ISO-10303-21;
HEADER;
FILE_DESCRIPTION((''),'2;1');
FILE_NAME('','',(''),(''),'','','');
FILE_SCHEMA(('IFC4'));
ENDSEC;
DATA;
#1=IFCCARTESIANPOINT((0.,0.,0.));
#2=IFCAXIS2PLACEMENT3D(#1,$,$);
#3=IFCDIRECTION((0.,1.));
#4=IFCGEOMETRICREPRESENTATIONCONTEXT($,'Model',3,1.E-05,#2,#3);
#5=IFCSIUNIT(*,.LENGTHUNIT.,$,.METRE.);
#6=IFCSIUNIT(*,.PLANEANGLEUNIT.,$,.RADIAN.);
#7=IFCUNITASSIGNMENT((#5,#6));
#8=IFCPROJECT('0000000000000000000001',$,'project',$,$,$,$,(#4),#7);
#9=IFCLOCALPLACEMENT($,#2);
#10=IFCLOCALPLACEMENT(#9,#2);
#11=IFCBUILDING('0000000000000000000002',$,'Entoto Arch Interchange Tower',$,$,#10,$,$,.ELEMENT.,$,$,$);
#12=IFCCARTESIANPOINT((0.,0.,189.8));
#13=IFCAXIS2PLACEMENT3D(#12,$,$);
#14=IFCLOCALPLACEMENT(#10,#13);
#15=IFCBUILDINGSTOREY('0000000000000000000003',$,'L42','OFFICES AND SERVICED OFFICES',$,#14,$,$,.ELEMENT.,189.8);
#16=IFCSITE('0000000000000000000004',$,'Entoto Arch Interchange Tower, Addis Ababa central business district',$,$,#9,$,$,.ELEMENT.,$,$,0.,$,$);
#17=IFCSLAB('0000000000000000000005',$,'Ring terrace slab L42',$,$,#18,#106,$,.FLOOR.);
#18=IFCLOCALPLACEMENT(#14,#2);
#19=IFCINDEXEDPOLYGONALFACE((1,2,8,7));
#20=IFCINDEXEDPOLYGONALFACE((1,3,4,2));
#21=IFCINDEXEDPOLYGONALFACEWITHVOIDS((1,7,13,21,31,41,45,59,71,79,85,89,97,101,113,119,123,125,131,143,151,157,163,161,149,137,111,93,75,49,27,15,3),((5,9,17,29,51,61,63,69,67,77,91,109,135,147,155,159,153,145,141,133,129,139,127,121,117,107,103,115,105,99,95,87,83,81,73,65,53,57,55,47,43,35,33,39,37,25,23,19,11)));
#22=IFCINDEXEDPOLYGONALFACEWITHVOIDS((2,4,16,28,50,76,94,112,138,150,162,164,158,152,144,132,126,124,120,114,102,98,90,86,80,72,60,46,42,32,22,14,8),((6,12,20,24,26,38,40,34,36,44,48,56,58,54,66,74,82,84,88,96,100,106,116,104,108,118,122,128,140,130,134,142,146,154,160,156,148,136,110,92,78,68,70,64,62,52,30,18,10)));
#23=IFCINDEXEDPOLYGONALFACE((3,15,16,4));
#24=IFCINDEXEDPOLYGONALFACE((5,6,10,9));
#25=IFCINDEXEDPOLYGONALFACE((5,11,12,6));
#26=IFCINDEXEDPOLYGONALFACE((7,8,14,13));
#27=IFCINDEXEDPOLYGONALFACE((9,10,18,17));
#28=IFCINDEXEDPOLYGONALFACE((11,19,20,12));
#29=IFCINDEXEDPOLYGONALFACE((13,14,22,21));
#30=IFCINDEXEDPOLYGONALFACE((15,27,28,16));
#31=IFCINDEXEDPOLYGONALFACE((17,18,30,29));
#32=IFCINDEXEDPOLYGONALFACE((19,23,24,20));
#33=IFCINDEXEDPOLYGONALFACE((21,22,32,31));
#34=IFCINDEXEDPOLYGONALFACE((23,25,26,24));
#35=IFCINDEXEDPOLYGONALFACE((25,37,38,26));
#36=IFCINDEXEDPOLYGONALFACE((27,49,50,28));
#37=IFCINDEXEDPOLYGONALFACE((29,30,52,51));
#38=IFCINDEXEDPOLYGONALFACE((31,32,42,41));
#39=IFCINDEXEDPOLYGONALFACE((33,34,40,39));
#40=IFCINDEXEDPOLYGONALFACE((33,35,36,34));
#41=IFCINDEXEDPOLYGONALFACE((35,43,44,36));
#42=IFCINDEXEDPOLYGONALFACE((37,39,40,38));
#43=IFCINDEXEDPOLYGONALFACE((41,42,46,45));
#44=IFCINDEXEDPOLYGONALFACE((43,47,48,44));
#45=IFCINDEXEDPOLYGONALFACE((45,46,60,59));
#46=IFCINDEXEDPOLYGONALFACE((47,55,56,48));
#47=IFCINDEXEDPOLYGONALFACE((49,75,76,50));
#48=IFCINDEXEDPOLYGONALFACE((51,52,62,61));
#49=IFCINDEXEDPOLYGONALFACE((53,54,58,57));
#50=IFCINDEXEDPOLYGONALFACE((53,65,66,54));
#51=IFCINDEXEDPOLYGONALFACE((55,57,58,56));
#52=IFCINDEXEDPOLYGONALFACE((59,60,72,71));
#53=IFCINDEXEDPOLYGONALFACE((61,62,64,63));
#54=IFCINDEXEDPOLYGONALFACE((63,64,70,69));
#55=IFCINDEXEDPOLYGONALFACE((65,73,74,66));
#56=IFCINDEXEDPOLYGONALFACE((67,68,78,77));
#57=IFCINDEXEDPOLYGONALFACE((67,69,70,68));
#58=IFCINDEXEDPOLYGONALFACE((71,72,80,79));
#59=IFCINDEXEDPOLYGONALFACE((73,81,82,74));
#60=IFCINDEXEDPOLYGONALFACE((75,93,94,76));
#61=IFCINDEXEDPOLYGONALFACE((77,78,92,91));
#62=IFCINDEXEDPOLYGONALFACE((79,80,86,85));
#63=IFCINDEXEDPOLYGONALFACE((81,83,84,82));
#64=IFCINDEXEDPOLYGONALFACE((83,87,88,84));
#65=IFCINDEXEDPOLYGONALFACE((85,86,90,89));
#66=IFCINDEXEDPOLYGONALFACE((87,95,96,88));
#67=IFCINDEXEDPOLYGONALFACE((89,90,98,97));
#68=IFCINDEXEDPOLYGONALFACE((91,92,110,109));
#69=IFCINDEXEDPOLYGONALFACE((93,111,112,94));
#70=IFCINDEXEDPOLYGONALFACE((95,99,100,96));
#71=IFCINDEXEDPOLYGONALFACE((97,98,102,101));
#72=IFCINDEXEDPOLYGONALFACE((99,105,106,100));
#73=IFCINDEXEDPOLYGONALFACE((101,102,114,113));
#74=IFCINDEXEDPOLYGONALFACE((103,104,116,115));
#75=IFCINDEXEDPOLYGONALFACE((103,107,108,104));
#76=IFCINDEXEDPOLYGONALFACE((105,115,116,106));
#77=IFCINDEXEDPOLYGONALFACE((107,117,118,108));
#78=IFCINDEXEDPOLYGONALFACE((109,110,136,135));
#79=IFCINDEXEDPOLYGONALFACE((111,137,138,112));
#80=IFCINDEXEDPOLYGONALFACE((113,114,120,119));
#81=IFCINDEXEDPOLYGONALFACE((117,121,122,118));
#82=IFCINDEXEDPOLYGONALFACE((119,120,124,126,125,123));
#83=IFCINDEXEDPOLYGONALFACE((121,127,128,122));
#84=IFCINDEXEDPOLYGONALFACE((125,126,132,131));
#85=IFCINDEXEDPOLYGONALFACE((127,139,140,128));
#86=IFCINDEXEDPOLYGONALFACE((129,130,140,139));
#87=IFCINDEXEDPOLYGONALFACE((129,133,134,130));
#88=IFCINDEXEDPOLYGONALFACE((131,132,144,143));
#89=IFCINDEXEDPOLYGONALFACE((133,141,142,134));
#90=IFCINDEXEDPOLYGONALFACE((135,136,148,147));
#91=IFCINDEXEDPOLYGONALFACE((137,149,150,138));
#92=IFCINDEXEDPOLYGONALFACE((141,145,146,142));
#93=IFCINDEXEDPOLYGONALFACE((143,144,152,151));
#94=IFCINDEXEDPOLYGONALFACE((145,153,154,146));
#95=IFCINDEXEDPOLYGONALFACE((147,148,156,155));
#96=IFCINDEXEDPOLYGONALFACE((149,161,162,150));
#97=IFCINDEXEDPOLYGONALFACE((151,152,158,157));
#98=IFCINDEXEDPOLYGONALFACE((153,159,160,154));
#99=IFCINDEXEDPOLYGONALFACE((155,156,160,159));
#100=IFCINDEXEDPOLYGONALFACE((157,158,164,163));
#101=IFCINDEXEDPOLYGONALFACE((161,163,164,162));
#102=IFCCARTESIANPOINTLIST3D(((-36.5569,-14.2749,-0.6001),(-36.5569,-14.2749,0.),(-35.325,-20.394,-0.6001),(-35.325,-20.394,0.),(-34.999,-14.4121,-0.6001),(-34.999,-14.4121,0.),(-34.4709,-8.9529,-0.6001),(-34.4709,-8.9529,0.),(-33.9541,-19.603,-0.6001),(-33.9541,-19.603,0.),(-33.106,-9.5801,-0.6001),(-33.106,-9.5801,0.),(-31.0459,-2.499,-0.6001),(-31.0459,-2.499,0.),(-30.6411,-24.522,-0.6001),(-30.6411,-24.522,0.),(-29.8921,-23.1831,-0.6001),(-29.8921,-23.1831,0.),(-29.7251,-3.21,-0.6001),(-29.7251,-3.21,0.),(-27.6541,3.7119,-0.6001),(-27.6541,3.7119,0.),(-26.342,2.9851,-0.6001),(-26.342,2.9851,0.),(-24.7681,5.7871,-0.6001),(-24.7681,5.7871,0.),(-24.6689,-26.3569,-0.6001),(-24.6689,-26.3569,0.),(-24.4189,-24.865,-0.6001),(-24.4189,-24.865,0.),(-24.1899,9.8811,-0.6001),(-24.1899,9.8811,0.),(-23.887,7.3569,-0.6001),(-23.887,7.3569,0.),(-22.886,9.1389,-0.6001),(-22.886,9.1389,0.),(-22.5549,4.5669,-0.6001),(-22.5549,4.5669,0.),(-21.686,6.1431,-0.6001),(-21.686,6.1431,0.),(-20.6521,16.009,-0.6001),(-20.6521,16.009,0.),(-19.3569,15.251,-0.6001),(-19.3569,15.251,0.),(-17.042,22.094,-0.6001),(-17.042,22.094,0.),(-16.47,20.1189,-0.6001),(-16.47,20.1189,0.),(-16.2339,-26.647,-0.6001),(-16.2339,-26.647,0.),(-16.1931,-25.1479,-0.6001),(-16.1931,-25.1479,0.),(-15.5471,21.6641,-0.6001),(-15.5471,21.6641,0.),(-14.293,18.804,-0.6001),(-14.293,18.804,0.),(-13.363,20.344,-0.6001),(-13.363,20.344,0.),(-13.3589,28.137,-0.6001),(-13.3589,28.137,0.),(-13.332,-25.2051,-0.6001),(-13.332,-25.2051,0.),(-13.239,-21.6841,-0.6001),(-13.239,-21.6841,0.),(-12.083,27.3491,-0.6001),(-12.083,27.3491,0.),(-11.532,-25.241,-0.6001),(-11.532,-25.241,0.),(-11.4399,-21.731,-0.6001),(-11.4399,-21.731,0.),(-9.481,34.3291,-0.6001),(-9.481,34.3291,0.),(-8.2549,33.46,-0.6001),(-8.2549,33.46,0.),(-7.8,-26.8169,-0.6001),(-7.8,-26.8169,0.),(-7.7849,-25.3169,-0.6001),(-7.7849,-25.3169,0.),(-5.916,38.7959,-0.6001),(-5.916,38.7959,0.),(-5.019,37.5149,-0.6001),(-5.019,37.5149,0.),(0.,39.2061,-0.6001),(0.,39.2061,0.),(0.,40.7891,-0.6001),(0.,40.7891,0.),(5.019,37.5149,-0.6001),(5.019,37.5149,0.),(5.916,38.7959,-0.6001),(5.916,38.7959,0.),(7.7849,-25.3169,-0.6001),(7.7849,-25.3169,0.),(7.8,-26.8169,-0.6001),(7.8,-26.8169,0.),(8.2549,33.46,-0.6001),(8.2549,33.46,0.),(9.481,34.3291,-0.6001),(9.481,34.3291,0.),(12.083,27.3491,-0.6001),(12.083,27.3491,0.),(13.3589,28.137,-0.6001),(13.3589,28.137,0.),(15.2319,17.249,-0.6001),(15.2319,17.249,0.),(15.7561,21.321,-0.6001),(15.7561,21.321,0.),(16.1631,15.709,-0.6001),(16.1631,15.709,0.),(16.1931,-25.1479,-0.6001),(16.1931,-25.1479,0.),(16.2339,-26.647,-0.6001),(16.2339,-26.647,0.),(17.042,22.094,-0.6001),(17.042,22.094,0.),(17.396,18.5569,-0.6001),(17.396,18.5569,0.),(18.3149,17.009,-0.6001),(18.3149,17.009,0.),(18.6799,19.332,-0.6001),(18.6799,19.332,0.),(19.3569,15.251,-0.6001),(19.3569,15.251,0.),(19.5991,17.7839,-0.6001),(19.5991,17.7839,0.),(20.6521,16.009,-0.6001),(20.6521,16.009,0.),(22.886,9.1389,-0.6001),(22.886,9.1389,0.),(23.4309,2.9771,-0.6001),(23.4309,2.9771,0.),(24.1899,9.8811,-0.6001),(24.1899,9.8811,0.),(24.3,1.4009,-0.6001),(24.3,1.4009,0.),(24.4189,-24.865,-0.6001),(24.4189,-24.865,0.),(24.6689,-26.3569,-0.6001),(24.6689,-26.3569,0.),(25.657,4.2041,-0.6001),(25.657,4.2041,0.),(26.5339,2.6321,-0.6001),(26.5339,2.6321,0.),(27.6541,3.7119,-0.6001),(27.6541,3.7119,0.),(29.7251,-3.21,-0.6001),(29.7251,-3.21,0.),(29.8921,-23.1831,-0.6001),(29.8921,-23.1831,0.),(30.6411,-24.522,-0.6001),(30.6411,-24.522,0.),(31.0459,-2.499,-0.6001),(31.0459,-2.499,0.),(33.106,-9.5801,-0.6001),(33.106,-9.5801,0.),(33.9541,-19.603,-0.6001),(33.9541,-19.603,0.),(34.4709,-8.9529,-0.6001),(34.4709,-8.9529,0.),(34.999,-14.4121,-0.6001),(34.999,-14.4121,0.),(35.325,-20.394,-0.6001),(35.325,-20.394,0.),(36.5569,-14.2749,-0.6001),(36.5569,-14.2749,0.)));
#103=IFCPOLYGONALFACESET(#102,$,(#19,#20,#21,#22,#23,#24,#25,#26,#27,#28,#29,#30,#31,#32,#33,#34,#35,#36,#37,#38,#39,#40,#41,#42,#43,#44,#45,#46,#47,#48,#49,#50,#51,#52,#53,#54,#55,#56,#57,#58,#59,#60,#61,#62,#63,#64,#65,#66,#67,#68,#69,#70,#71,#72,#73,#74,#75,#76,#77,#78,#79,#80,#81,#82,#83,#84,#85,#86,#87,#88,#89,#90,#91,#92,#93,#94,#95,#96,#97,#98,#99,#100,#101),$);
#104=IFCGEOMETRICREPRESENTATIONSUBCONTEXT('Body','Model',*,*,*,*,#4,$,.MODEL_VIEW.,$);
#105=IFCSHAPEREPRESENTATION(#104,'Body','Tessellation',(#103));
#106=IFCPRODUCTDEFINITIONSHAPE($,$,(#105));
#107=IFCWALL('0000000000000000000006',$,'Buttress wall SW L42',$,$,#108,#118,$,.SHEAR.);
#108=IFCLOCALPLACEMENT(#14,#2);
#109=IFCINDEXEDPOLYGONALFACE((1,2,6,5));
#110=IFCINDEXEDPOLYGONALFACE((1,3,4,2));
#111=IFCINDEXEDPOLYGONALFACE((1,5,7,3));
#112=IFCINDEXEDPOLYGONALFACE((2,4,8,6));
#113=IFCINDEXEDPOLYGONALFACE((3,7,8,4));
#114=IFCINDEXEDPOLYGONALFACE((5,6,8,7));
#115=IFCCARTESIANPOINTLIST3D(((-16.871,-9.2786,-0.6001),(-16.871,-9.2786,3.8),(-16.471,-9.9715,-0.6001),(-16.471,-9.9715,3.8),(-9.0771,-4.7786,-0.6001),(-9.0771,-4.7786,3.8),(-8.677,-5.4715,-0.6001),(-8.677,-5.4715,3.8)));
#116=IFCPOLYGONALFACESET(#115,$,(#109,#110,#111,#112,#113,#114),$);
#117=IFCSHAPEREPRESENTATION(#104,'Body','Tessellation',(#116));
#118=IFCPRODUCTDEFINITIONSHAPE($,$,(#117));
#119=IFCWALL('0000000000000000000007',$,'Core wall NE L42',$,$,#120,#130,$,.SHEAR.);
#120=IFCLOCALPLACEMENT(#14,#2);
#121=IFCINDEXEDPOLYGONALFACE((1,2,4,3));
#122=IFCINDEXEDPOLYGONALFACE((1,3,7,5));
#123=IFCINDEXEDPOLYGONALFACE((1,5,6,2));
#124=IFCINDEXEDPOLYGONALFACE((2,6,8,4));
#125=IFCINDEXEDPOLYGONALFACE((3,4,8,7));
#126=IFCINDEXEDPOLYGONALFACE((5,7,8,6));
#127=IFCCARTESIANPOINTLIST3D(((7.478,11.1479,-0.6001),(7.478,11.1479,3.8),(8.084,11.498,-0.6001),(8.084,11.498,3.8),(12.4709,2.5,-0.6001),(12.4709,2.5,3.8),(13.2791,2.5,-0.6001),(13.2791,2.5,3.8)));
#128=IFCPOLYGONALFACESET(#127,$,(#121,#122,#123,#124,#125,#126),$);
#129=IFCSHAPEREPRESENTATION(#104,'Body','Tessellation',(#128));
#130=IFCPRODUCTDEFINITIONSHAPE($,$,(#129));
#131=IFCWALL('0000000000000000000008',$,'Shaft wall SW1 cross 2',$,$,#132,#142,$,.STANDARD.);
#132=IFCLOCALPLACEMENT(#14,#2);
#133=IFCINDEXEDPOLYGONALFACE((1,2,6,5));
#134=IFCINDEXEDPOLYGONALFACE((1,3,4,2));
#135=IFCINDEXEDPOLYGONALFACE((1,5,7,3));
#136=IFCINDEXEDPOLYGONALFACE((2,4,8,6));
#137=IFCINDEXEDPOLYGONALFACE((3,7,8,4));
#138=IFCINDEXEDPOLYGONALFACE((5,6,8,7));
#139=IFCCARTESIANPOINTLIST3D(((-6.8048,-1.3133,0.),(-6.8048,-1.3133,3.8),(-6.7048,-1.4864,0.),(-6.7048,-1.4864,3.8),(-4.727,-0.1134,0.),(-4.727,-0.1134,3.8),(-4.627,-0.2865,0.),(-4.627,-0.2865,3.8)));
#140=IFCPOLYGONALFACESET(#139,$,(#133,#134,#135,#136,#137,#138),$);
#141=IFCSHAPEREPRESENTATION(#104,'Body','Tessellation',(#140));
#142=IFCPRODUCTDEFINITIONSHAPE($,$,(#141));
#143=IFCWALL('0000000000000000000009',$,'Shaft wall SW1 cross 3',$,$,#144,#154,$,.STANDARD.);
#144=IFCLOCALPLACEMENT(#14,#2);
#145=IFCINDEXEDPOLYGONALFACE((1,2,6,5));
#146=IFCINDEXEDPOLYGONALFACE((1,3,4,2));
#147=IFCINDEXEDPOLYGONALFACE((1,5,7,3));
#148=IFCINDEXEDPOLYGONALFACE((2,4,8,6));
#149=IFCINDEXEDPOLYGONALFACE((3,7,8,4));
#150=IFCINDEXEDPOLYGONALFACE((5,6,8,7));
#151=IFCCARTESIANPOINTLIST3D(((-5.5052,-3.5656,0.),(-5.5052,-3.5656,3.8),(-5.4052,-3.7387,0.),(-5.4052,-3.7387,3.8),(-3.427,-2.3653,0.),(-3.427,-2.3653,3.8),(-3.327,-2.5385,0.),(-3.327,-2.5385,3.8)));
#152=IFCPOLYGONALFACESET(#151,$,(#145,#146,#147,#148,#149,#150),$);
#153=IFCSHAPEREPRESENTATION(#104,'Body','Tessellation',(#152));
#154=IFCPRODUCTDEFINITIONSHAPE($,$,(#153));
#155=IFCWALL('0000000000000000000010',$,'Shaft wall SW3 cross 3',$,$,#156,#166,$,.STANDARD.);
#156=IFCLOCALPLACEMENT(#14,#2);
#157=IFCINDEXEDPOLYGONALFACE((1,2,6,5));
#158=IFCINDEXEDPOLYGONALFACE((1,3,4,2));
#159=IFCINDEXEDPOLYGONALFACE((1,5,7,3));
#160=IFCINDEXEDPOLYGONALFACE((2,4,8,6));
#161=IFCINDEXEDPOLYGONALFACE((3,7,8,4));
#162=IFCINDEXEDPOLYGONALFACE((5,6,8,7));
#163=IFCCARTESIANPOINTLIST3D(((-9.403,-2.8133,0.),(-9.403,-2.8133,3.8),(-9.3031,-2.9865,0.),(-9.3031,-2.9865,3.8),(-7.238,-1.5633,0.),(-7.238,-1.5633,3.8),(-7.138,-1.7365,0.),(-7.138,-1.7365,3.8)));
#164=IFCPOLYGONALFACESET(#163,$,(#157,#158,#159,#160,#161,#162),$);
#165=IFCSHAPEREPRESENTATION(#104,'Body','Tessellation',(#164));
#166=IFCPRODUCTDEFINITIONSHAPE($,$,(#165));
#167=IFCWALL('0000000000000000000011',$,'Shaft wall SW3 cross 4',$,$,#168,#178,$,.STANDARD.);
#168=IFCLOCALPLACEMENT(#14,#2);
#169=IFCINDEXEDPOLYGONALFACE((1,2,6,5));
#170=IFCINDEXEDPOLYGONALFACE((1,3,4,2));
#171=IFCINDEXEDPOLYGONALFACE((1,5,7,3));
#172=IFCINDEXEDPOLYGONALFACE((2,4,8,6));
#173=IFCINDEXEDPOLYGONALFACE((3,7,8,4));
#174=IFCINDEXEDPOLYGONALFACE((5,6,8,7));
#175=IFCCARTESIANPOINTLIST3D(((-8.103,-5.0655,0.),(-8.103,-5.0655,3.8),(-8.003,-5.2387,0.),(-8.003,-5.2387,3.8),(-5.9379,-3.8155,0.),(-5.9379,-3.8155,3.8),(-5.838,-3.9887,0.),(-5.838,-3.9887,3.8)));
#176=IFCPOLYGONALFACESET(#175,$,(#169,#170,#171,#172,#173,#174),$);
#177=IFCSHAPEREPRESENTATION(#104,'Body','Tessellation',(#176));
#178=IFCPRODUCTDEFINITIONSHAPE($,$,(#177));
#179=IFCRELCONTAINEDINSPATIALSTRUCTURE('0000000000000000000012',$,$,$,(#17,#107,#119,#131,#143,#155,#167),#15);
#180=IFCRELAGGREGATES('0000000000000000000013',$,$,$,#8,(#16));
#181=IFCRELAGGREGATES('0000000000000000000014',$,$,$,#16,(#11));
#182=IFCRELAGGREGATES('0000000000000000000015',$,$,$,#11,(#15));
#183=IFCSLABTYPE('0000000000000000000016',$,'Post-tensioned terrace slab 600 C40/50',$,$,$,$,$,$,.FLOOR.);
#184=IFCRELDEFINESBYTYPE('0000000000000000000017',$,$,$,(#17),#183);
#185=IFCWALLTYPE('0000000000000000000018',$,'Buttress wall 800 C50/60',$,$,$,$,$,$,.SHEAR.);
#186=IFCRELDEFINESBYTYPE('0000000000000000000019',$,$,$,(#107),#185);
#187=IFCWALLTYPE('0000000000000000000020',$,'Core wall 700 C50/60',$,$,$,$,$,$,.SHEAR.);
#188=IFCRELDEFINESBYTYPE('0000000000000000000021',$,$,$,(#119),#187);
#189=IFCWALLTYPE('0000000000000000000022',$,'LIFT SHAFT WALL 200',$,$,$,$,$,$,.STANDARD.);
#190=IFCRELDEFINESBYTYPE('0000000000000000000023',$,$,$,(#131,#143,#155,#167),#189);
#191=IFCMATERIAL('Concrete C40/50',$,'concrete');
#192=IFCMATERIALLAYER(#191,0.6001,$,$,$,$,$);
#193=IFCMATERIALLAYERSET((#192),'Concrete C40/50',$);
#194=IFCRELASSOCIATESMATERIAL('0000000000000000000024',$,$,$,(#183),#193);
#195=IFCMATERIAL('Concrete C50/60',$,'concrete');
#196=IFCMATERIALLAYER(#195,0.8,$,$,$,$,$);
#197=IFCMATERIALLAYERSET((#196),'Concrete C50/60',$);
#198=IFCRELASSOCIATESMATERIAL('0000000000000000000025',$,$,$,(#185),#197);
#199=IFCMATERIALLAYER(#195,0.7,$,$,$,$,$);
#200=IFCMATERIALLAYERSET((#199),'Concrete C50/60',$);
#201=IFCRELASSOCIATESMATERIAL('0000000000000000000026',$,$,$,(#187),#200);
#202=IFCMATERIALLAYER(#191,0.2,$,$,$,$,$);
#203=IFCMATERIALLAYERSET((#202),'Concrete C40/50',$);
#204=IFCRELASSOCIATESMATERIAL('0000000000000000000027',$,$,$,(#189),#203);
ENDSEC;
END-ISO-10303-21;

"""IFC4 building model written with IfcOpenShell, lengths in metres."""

from ifc_helpers import new_model, si_unit, direction, frame, frame_2d, origin, place, context, subcontext, project, spatial, polyline, rectangle, outline, extrude, material, layer, layer_set, type_object, element, save


model = new_model("IFC4")

# Units and contexts
model_context = context("Model", 3, precision=1e-05, world=origin(), true_north=direction((0.0, 1.0)))
body_context = subcontext(model_context, "Body", "Model", "MODEL_VIEW")
ifc_project = project(units=[si_unit("LENGTHUNIT", "METRE"), si_unit("PLANEANGLEUNIT", "RADIAN")], contexts=[model_context])

# Site, building, storey
site_placement = place(None, origin())
site = spatial("IfcSite", under=ifc_project, at=site_placement, Name="Entoto Arch Interchange Tower, Addis Ababa central business district", CompositionType="ELEMENT", RefElevation=0.0)
building_placement = place(site_placement, origin())
building = spatial("IfcBuilding", under=site, at=building_placement, Name="Entoto Arch Interchange Tower", CompositionType="ELEMENT")
storey_placement = place(building_placement, frame((0.0, 0.0, 189.8)))
storey = spatial("IfcBuildingStorey", under=building, at=storey_placement, Name="L42", Description="OFFICES AND SERVICED OFFICES", CompositionType="ELEMENT", Elevation=189.8)

# Slab
ifc_material_1 = material(Name="Concrete C40/50", Category="concrete")
ifc_layer_1 = layer(ifc_material_1, 0.6001)
ifc_layer_set_1 = layer_set([ifc_layer_1], Name="Concrete C40/50")
slab_type_1 = type_object("IfcSlabType", Name="Post-tensioned terrace slab 600 C40/50", PredefinedType="FLOOR", material=ifc_layer_set_1)
slab_1_placement = place(storey_placement, frame((0.0, 0.0, -0.6001)))
element("IfcSlab", 1, at=slab_1_placement, inside=storey, type_object=slab_type_1, Name="Ring terrace slab L42", PredefinedType="FLOOR", context=body_context, shape_type="SweptSolid", body=[
    extrude(outline(polyline([(-16.2339, -26.647), (-7.8, -26.8169), (7.8, -26.8169), (16.2339, -26.647), (24.6689, -26.3569), (30.6411, -24.522), (35.325, -20.394), (36.5569, -14.2749), (34.4709, -8.9529), (31.0459, -2.499), (27.6541, 3.7119), (24.1899, 9.8811), (20.6521, 16.009), (19.5991, 17.7839), (18.6799, 19.332), (17.042, 22.094), (13.3589, 28.137), (9.481, 34.3291), (5.916, 38.7959), (0.0, 40.7891), (-5.916, 38.7959), (-9.481, 34.3291), (-13.3589, 28.137), (-17.042, 22.094), (-20.6521, 16.009), (-24.1899, 9.8811), (-27.6541, 3.7119), (-31.0459, -2.499), (-34.4709, -8.9529), (-36.5569, -14.2749), (-35.325, -20.394), (-30.6411, -24.522), (-24.6689, -26.3569), (-16.2339, -26.647)]), holes=[polyline([(16.1931, -25.1479), (24.4189, -24.865), (29.8921, -23.1831), (33.9541, -19.603), (34.999, -14.4121), (33.106, -9.5801), (29.7251, -3.21), (26.5339, 2.6321), (24.3, 1.4009), (23.4309, 2.9771), (25.657, 4.2041), (22.886, 9.1389), (19.3569, 15.251), (18.3149, 17.009), (16.1631, 15.709), (15.2319, 17.249), (17.396, 18.5569), (15.7561, 21.321), (12.083, 27.3491), (8.2549, 33.46), (5.019, 37.5149), (0.0, 39.2061), (-5.019, 37.5149), (-8.2549, 33.46), (-12.083, 27.3491), (-15.5471, 21.6641), (-13.363, 20.344), (-14.293, 18.804), (-16.47, 20.1189), (-19.3569, 15.251), (-22.886, 9.1389), (-23.887, 7.3569), (-21.686, 6.1431), (-22.5549, 4.5669), (-24.7681, 5.7871), (-26.342, 2.9851), (-29.7251, -3.21), (-33.106, -9.5801), (-34.999, -14.4121), (-33.9541, -19.603), (-29.8921, -23.1831), (-24.4189, -24.865), (-16.1931, -25.1479), (-13.332, -25.2051), (-13.239, -21.6841), (-11.4399, -21.731), (-11.532, -25.241), (-7.7849, -25.3169), (7.7849, -25.3169), (16.1931, -25.1479)])]), origin(), (0.0, 0.0, 1.0), 0.6001),
])

# Walls
ifc_material_2 = material(Name="Concrete C50/60", Category="concrete")
ifc_layer_2 = layer(ifc_material_2, 0.8)
ifc_layer_set_2 = layer_set([ifc_layer_2], Name="Concrete C50/60")
wall_type_1 = type_object("IfcWallType", Name="Buttress wall 800 C50/60", PredefinedType="SHEAR", material=ifc_layer_set_2)
wall_1_placement = place(storey_placement, frame((-8.877, -5.125, -0.6001), z_axis=(0.0, 0.0, 1.0), x_axis=(-0.866018, -0.500014, 0.0)))
element("IfcWall", 2, at=wall_1_placement, inside=storey, type_object=wall_type_1, Name="Buttress wall SW L42", PredefinedType="SHEAR", context=body_context, shape_type="SweptSolid", body=[
    extrude(rectangle(XDim=8.9998, YDim=0.8, at=frame_2d((4.5, 0.0))), origin(), (0.0, 0.0, 1.0), 4.4001),
])
ifc_layer_3 = layer(ifc_material_2, 0.7)
ifc_layer_set_3 = layer_set([ifc_layer_3], Name="Concrete C50/60")
wall_type_2 = type_object("IfcWallType", Name="Core wall 700 C50/60", PredefinedType="SHEAR", material=ifc_layer_set_3)
wall_2_placement = place(storey_placement, frame((0.0, 0.0, -0.6001)))
element("IfcWall", 3, at=wall_2_placement, inside=storey, type_object=wall_type_2, Name="Core wall NE L42", PredefinedType="SHEAR", context=body_context, shape_type="SweptSolid", body=[
    extrude(outline(polyline([(8.084, 11.498), (7.478, 11.1479), (12.4709, 2.5), (13.2791, 2.5), (8.084, 11.498)])), origin(), (0.0, 0.0, 1.0), 4.4001),
])
ifc_layer_4 = layer(ifc_material_1, 0.2)
ifc_layer_set_4 = layer_set([ifc_layer_4], Name="Concrete C40/50")
wall_type_3 = type_object("IfcWallType", Name="LIFT SHAFT WALL 200", PredefinedType="STANDARD", material=ifc_layer_set_4)
wall_3_placement = place(storey_placement, frame((-4.677, -0.2, 0.0), z_axis=(0.0, 0.0, 1.0), x_axis=(-0.865974, -0.500089, 0.0)))
element("IfcWall", 4, at=wall_3_placement, inside=storey, type_object=wall_type_3, Name="Shaft wall SW1 cross 2", PredefinedType="STANDARD", context=body_context, shape_type="SweptSolid", body=[
    extrude(rectangle(XDim=2.3994, YDim=0.2, at=frame_2d((1.1997, 0.0))), origin(), (0.0, 0.0, 1.0), 3.8),
])
wall_4_placement = place(storey_placement, frame((-3.377, -2.4519, 0.0), z_axis=(0.0, 0.0, 1.0), x_axis=(-0.865955, -0.500122, 0.0)))
element("IfcWall", 5, at=wall_4_placement, inside=storey, type_object=wall_type_3, Name="Shaft wall SW1 cross 3", PredefinedType="STANDARD", context=body_context, shape_type="SweptSolid", body=[
    extrude(rectangle(XDim=2.3999, YDim=0.2, at=frame_2d((1.2, 0.0))), origin(), (0.0, 0.0, 1.0), 3.8),
])
for number, where, z_axis, x_axis, name in (
    (6, (-7.188, -1.6499, 0.0), (0.0, 0.0, 1.0), (-0.866023, -0.500004, 0.0), "Shaft wall SW3 cross 3"),
    (7, (-5.8879, -3.9021, 0.0), (0.0, 0.0, 1.0), (-0.866023, -0.500004, 0.0), "Shaft wall SW3 cross 4"),
):
    element("IfcWall", number, at=place(storey_placement, frame(where, z_axis=z_axis, x_axis=x_axis)), inside=storey, type_object=wall_type_3, Name=name, PredefinedType="STANDARD", context=body_context, shape_type="SweptSolid", body=[
        extrude(rectangle(XDim=2.5, YDim=0.2, at=frame_2d((1.25, 0.0))), origin(), (0.0, 0.0, 1.0), 3.8),
    ])

save(model, "model.ifc")
